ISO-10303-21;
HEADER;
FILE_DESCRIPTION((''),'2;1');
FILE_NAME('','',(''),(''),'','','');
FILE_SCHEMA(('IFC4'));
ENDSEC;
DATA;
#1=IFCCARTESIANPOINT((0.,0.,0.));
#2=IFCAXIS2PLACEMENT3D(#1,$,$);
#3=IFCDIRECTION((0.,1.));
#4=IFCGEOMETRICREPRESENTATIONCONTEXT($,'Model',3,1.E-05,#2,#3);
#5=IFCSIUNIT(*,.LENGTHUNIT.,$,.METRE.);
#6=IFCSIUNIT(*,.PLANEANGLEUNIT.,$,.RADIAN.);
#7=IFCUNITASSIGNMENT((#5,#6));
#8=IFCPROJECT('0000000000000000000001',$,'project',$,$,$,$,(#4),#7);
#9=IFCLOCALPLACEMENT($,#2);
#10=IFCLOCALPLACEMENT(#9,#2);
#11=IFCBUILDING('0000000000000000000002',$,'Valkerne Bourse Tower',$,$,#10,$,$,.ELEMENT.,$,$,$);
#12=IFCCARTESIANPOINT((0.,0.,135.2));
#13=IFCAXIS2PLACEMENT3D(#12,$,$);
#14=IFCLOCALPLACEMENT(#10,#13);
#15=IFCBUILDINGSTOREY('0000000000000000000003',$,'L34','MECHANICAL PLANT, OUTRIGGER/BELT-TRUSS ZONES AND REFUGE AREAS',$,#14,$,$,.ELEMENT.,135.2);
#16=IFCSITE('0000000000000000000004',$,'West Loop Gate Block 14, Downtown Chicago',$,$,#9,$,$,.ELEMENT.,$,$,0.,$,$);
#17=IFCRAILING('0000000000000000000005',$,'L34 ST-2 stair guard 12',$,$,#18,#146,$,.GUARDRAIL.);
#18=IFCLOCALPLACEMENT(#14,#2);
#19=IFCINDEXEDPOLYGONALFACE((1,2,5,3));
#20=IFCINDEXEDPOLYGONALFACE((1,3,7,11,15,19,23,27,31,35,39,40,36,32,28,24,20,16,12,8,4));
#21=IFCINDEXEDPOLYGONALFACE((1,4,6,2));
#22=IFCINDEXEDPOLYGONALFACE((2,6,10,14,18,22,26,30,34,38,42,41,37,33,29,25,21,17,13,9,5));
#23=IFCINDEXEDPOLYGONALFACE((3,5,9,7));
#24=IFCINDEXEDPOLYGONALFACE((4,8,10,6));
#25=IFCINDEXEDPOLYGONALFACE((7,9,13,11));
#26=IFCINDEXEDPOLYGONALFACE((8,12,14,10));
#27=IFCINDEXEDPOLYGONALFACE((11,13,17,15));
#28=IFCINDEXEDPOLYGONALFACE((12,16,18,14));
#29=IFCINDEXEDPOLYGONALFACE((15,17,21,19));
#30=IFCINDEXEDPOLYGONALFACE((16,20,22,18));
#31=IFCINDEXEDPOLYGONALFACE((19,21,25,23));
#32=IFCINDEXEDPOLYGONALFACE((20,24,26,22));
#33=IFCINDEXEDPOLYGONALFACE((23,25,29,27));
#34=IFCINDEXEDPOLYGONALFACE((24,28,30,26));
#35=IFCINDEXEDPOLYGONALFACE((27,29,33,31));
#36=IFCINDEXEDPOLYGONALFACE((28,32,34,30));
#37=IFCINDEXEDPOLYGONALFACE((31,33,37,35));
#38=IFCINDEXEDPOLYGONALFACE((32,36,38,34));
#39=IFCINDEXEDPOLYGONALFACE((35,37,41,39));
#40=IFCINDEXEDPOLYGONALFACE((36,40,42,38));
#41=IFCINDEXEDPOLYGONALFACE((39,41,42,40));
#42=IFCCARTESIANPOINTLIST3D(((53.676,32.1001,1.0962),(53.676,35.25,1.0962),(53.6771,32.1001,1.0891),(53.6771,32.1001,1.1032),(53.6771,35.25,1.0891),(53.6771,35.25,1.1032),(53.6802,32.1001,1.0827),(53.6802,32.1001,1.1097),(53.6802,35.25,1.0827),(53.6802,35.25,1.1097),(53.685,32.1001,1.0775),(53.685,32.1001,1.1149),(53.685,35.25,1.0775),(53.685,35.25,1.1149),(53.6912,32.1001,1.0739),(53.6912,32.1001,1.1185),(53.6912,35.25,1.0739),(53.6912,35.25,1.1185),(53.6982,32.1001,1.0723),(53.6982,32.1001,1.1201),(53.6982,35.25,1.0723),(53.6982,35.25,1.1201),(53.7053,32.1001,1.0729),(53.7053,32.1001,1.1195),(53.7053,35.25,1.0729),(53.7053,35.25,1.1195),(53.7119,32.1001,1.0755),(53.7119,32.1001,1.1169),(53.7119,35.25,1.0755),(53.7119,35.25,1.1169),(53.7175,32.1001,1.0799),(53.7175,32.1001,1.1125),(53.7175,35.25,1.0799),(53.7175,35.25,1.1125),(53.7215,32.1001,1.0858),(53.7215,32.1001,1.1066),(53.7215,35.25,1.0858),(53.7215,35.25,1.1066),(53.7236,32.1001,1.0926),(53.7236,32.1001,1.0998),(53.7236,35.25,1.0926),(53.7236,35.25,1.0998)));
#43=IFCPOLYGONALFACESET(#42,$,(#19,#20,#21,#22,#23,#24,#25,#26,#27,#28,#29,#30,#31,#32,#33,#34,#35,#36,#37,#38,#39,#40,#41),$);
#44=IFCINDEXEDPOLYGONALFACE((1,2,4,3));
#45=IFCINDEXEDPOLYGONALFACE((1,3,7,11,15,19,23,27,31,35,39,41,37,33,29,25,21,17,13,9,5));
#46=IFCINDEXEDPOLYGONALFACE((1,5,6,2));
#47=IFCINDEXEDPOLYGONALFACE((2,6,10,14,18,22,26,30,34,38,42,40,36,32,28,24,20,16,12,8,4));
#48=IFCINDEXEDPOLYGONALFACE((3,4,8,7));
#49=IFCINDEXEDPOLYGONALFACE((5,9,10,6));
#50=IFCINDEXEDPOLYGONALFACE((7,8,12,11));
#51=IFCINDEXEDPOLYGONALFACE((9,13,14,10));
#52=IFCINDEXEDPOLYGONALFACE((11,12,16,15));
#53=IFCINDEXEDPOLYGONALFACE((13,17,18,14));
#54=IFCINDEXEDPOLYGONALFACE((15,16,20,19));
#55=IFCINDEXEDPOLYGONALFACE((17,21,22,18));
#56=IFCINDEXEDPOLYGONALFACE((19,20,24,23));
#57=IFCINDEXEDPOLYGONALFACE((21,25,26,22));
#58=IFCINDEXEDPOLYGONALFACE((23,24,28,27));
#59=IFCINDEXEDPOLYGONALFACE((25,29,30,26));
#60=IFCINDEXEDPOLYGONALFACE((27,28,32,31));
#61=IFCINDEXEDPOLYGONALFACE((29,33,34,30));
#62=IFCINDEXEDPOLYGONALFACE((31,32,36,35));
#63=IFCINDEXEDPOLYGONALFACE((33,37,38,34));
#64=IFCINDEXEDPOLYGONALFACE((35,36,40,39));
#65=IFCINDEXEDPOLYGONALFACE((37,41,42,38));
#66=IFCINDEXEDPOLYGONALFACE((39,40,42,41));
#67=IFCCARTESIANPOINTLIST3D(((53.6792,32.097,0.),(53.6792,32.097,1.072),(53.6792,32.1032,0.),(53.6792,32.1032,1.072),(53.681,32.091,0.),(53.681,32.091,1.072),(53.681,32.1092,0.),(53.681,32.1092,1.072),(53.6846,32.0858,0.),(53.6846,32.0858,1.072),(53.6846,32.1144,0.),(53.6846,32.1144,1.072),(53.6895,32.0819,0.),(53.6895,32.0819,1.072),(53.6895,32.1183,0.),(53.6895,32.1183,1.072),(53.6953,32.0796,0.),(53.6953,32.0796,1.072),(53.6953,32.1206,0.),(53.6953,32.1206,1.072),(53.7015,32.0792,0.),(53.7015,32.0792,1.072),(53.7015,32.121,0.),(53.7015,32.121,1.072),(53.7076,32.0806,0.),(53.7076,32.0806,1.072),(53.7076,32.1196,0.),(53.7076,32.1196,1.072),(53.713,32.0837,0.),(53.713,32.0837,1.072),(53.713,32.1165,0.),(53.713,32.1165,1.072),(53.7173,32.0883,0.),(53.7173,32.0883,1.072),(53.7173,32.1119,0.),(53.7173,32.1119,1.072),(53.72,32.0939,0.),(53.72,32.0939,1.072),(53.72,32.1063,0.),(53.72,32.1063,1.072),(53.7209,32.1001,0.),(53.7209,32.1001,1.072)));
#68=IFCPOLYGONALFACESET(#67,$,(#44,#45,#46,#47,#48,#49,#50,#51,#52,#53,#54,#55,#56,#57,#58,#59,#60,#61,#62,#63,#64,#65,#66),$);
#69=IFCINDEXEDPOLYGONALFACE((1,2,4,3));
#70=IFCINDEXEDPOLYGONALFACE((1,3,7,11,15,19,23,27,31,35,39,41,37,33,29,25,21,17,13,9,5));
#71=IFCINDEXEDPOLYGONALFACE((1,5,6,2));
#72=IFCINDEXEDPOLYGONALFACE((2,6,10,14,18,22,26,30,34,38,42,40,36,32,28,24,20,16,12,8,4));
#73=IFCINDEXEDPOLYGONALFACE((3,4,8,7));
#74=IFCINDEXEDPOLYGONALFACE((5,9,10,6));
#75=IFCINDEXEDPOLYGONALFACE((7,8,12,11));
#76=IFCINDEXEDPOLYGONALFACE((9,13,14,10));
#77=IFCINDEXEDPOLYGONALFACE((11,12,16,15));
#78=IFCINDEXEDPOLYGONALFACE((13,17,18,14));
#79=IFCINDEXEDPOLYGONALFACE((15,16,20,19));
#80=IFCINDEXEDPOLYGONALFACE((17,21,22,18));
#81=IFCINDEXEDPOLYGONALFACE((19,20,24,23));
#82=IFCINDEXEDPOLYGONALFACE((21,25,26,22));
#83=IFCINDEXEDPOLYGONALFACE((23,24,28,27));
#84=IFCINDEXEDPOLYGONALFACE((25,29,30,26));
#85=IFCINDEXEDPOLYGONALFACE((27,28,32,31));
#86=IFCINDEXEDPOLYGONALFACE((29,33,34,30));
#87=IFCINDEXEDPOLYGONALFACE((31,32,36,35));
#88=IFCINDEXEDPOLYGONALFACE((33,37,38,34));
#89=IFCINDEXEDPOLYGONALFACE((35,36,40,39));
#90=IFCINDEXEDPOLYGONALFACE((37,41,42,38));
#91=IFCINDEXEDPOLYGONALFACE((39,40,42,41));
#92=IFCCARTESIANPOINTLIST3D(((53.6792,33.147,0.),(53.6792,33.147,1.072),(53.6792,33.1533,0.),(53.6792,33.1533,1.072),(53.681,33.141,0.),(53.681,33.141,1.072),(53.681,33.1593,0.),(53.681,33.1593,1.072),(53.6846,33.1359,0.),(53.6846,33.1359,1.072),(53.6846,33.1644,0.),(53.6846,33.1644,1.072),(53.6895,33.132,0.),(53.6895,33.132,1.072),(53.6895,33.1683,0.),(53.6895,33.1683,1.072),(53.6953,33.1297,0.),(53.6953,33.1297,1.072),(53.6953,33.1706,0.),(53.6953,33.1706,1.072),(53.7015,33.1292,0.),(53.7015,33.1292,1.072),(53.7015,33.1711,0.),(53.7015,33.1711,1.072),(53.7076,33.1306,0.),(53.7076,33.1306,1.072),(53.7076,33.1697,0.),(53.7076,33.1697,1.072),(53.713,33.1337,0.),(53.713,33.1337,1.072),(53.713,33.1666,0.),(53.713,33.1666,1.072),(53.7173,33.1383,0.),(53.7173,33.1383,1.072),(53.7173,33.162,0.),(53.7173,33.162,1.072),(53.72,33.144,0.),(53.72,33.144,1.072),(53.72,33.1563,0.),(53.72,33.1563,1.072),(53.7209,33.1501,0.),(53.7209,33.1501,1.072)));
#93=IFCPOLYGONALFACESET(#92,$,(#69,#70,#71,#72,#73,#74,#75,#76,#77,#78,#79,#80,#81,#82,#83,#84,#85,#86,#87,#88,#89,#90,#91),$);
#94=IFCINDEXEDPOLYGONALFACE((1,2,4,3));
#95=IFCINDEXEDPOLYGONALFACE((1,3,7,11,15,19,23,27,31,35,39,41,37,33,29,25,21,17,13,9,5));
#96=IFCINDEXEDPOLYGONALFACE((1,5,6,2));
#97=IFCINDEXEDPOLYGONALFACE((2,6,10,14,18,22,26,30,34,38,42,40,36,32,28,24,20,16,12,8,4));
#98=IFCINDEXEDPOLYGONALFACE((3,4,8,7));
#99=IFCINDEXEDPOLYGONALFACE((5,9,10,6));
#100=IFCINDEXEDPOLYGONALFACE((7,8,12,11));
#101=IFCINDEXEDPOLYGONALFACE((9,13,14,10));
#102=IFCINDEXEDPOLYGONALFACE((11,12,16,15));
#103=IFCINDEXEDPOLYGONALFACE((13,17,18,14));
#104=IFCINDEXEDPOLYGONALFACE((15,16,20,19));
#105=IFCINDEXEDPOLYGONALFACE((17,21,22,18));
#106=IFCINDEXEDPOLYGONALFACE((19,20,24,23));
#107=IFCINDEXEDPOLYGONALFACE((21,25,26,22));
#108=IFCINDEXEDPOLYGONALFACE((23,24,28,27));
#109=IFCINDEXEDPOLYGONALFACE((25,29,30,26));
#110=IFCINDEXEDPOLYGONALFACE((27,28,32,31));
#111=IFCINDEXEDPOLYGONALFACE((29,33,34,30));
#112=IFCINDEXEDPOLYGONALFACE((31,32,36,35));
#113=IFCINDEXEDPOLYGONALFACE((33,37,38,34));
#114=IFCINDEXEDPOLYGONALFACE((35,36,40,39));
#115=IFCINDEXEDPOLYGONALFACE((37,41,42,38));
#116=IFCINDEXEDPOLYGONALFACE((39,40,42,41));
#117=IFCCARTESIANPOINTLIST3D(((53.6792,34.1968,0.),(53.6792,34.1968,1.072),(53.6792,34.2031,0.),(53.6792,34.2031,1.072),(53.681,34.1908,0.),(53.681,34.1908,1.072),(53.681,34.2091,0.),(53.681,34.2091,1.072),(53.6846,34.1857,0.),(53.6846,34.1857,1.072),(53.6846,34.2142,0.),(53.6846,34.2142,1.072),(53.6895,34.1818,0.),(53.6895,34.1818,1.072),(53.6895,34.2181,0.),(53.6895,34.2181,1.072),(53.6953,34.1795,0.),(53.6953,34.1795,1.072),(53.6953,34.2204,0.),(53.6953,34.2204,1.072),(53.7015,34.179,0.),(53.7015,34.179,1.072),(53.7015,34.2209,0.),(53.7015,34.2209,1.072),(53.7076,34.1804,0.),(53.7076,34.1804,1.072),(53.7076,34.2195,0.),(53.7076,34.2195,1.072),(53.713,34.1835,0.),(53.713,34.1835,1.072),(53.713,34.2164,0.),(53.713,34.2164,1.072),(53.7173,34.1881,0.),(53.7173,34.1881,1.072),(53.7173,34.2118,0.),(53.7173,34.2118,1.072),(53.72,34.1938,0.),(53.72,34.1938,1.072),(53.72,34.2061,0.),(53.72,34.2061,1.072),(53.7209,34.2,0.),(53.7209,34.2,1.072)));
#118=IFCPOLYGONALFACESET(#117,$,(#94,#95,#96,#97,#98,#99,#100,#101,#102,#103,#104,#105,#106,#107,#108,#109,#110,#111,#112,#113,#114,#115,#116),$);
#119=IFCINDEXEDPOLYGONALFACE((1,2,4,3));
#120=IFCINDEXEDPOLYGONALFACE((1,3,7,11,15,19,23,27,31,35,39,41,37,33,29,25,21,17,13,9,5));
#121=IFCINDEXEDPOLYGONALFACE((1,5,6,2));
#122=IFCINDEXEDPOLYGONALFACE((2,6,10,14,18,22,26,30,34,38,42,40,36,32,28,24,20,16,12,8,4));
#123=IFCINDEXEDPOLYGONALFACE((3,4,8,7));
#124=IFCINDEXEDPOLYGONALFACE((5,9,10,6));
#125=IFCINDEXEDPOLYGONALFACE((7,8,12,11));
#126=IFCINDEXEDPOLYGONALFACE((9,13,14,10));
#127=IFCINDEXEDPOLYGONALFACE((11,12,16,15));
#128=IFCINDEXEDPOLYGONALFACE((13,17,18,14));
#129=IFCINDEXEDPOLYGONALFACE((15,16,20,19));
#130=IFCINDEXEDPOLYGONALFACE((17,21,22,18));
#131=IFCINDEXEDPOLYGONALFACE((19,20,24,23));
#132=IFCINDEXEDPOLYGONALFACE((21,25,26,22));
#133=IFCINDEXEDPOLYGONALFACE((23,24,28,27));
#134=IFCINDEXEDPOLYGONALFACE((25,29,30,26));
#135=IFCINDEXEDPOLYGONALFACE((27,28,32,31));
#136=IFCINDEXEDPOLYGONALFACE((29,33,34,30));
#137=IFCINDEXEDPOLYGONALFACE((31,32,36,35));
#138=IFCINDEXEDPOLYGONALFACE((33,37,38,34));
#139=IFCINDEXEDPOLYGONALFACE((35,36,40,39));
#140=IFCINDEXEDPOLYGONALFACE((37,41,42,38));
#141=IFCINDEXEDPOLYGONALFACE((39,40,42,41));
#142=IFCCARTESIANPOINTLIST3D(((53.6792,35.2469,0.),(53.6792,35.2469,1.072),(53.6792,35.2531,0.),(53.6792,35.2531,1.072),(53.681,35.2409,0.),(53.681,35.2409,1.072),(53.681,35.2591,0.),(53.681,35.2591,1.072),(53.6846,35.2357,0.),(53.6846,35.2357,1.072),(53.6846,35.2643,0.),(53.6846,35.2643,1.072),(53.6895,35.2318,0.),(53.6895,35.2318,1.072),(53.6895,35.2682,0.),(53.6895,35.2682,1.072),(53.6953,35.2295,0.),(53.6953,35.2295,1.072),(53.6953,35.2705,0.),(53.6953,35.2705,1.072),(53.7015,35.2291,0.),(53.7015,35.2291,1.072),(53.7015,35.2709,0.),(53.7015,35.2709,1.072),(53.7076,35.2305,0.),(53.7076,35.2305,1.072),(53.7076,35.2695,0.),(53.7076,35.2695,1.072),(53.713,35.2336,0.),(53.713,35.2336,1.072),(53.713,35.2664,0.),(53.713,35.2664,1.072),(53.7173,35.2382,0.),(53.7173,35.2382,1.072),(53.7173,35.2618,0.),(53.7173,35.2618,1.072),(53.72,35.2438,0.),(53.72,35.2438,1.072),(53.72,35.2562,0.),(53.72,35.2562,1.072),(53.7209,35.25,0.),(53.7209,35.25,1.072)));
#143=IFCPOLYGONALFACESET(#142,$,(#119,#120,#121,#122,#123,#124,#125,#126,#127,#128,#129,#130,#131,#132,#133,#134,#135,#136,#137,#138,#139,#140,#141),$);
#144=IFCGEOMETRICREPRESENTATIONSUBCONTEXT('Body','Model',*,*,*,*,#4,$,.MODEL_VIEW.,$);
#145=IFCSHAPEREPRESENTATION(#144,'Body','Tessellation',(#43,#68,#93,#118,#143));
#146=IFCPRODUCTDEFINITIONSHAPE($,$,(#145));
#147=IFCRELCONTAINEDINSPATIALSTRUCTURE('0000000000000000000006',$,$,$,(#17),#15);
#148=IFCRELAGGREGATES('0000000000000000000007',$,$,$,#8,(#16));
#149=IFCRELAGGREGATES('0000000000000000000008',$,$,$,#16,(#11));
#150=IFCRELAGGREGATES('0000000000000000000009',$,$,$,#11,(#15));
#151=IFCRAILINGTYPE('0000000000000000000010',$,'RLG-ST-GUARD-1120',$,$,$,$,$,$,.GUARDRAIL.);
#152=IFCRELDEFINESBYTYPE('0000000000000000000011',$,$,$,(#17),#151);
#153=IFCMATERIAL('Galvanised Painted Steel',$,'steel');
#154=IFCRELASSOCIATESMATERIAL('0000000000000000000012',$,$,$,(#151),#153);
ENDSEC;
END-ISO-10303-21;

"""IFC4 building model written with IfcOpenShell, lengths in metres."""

from ifc_helpers import new_model, si_unit, direction, frame, origin, origin_2d, place, context, subcontext, project, spatial, circle, extrude, material, type_object, element, save


model = new_model("IFC4")

# Units and contexts
model_context = context("Model", 3, precision=1e-05, world=origin(), true_north=direction((0.0, 1.0)))
body_context = subcontext(model_context, "Body", "Model", "MODEL_VIEW")
ifc_project = project(units=[si_unit("LENGTHUNIT", "METRE"), si_unit("PLANEANGLEUNIT", "RADIAN")], contexts=[model_context])

# Site, building, storey
site_placement = place(None, origin())
site = spatial("IfcSite", under=ifc_project, at=site_placement, Name="West Loop Gate Block 14, Downtown Chicago", CompositionType="ELEMENT", RefElevation=0.0)
building_placement = place(site_placement, origin())
building = spatial("IfcBuilding", under=site, at=building_placement, Name="Valkerne Bourse Tower", CompositionType="ELEMENT")
storey_placement = place(building_placement, frame((0.0, 0.0, 135.2)))
storey = spatial("IfcBuildingStorey", under=building, at=storey_placement, Name="L34", Description="MECHANICAL PLANT, OUTRIGGER/BELT-TRUSS ZONES AND REFUGE AREAS", CompositionType="ELEMENT", Elevation=135.2)

# Railing
ifc_material_1 = material(Name="Galvanised Painted Steel", Category="steel")
railing_type_1 = type_object("IfcRailingType", Name="RLG-ST-GUARD-1120", PredefinedType="GUARDRAIL", material=ifc_material_1)
railing_1_placement = place(storey_placement, frame((53.7, 32.1001, 0.0)))
element("IfcRailing", 1, at=railing_1_placement, inside=storey, type_object=railing_type_1, Name="L34 ST-2 stair guard 12", PredefinedType="GUARDRAIL", context=body_context, shape_type="SweptSolid", body=[
    extrude(circle(Radius=0.0239, at=origin_2d()), frame((0.0, 0.0, 1.0962), z_axis=(0.0, 1.0, 0.0), x_axis=(-1.0, 0.0, 0.0)), (0.0, 0.0, 1.0), 3.1499),
    extrude(circle(Radius=0.021, at=origin_2d()), origin(), (0.0, 0.0, 1.0), 1.072),
    extrude(circle(Radius=0.021, at=origin_2d()), frame((0.0, 1.05, 0.0)), (0.0, 0.0, 1.0), 1.072),
    extrude(circle(Radius=0.021, at=origin_2d()), frame((0.0, 2.0999, 0.0)), (0.0, 0.0, 1.0), 1.072),
    extrude(circle(Radius=0.021, at=origin_2d()), frame((0.0, 3.1499, 0.0)), (0.0, 0.0, 1.0), 1.072),
])

save(model, "model.ifc")
